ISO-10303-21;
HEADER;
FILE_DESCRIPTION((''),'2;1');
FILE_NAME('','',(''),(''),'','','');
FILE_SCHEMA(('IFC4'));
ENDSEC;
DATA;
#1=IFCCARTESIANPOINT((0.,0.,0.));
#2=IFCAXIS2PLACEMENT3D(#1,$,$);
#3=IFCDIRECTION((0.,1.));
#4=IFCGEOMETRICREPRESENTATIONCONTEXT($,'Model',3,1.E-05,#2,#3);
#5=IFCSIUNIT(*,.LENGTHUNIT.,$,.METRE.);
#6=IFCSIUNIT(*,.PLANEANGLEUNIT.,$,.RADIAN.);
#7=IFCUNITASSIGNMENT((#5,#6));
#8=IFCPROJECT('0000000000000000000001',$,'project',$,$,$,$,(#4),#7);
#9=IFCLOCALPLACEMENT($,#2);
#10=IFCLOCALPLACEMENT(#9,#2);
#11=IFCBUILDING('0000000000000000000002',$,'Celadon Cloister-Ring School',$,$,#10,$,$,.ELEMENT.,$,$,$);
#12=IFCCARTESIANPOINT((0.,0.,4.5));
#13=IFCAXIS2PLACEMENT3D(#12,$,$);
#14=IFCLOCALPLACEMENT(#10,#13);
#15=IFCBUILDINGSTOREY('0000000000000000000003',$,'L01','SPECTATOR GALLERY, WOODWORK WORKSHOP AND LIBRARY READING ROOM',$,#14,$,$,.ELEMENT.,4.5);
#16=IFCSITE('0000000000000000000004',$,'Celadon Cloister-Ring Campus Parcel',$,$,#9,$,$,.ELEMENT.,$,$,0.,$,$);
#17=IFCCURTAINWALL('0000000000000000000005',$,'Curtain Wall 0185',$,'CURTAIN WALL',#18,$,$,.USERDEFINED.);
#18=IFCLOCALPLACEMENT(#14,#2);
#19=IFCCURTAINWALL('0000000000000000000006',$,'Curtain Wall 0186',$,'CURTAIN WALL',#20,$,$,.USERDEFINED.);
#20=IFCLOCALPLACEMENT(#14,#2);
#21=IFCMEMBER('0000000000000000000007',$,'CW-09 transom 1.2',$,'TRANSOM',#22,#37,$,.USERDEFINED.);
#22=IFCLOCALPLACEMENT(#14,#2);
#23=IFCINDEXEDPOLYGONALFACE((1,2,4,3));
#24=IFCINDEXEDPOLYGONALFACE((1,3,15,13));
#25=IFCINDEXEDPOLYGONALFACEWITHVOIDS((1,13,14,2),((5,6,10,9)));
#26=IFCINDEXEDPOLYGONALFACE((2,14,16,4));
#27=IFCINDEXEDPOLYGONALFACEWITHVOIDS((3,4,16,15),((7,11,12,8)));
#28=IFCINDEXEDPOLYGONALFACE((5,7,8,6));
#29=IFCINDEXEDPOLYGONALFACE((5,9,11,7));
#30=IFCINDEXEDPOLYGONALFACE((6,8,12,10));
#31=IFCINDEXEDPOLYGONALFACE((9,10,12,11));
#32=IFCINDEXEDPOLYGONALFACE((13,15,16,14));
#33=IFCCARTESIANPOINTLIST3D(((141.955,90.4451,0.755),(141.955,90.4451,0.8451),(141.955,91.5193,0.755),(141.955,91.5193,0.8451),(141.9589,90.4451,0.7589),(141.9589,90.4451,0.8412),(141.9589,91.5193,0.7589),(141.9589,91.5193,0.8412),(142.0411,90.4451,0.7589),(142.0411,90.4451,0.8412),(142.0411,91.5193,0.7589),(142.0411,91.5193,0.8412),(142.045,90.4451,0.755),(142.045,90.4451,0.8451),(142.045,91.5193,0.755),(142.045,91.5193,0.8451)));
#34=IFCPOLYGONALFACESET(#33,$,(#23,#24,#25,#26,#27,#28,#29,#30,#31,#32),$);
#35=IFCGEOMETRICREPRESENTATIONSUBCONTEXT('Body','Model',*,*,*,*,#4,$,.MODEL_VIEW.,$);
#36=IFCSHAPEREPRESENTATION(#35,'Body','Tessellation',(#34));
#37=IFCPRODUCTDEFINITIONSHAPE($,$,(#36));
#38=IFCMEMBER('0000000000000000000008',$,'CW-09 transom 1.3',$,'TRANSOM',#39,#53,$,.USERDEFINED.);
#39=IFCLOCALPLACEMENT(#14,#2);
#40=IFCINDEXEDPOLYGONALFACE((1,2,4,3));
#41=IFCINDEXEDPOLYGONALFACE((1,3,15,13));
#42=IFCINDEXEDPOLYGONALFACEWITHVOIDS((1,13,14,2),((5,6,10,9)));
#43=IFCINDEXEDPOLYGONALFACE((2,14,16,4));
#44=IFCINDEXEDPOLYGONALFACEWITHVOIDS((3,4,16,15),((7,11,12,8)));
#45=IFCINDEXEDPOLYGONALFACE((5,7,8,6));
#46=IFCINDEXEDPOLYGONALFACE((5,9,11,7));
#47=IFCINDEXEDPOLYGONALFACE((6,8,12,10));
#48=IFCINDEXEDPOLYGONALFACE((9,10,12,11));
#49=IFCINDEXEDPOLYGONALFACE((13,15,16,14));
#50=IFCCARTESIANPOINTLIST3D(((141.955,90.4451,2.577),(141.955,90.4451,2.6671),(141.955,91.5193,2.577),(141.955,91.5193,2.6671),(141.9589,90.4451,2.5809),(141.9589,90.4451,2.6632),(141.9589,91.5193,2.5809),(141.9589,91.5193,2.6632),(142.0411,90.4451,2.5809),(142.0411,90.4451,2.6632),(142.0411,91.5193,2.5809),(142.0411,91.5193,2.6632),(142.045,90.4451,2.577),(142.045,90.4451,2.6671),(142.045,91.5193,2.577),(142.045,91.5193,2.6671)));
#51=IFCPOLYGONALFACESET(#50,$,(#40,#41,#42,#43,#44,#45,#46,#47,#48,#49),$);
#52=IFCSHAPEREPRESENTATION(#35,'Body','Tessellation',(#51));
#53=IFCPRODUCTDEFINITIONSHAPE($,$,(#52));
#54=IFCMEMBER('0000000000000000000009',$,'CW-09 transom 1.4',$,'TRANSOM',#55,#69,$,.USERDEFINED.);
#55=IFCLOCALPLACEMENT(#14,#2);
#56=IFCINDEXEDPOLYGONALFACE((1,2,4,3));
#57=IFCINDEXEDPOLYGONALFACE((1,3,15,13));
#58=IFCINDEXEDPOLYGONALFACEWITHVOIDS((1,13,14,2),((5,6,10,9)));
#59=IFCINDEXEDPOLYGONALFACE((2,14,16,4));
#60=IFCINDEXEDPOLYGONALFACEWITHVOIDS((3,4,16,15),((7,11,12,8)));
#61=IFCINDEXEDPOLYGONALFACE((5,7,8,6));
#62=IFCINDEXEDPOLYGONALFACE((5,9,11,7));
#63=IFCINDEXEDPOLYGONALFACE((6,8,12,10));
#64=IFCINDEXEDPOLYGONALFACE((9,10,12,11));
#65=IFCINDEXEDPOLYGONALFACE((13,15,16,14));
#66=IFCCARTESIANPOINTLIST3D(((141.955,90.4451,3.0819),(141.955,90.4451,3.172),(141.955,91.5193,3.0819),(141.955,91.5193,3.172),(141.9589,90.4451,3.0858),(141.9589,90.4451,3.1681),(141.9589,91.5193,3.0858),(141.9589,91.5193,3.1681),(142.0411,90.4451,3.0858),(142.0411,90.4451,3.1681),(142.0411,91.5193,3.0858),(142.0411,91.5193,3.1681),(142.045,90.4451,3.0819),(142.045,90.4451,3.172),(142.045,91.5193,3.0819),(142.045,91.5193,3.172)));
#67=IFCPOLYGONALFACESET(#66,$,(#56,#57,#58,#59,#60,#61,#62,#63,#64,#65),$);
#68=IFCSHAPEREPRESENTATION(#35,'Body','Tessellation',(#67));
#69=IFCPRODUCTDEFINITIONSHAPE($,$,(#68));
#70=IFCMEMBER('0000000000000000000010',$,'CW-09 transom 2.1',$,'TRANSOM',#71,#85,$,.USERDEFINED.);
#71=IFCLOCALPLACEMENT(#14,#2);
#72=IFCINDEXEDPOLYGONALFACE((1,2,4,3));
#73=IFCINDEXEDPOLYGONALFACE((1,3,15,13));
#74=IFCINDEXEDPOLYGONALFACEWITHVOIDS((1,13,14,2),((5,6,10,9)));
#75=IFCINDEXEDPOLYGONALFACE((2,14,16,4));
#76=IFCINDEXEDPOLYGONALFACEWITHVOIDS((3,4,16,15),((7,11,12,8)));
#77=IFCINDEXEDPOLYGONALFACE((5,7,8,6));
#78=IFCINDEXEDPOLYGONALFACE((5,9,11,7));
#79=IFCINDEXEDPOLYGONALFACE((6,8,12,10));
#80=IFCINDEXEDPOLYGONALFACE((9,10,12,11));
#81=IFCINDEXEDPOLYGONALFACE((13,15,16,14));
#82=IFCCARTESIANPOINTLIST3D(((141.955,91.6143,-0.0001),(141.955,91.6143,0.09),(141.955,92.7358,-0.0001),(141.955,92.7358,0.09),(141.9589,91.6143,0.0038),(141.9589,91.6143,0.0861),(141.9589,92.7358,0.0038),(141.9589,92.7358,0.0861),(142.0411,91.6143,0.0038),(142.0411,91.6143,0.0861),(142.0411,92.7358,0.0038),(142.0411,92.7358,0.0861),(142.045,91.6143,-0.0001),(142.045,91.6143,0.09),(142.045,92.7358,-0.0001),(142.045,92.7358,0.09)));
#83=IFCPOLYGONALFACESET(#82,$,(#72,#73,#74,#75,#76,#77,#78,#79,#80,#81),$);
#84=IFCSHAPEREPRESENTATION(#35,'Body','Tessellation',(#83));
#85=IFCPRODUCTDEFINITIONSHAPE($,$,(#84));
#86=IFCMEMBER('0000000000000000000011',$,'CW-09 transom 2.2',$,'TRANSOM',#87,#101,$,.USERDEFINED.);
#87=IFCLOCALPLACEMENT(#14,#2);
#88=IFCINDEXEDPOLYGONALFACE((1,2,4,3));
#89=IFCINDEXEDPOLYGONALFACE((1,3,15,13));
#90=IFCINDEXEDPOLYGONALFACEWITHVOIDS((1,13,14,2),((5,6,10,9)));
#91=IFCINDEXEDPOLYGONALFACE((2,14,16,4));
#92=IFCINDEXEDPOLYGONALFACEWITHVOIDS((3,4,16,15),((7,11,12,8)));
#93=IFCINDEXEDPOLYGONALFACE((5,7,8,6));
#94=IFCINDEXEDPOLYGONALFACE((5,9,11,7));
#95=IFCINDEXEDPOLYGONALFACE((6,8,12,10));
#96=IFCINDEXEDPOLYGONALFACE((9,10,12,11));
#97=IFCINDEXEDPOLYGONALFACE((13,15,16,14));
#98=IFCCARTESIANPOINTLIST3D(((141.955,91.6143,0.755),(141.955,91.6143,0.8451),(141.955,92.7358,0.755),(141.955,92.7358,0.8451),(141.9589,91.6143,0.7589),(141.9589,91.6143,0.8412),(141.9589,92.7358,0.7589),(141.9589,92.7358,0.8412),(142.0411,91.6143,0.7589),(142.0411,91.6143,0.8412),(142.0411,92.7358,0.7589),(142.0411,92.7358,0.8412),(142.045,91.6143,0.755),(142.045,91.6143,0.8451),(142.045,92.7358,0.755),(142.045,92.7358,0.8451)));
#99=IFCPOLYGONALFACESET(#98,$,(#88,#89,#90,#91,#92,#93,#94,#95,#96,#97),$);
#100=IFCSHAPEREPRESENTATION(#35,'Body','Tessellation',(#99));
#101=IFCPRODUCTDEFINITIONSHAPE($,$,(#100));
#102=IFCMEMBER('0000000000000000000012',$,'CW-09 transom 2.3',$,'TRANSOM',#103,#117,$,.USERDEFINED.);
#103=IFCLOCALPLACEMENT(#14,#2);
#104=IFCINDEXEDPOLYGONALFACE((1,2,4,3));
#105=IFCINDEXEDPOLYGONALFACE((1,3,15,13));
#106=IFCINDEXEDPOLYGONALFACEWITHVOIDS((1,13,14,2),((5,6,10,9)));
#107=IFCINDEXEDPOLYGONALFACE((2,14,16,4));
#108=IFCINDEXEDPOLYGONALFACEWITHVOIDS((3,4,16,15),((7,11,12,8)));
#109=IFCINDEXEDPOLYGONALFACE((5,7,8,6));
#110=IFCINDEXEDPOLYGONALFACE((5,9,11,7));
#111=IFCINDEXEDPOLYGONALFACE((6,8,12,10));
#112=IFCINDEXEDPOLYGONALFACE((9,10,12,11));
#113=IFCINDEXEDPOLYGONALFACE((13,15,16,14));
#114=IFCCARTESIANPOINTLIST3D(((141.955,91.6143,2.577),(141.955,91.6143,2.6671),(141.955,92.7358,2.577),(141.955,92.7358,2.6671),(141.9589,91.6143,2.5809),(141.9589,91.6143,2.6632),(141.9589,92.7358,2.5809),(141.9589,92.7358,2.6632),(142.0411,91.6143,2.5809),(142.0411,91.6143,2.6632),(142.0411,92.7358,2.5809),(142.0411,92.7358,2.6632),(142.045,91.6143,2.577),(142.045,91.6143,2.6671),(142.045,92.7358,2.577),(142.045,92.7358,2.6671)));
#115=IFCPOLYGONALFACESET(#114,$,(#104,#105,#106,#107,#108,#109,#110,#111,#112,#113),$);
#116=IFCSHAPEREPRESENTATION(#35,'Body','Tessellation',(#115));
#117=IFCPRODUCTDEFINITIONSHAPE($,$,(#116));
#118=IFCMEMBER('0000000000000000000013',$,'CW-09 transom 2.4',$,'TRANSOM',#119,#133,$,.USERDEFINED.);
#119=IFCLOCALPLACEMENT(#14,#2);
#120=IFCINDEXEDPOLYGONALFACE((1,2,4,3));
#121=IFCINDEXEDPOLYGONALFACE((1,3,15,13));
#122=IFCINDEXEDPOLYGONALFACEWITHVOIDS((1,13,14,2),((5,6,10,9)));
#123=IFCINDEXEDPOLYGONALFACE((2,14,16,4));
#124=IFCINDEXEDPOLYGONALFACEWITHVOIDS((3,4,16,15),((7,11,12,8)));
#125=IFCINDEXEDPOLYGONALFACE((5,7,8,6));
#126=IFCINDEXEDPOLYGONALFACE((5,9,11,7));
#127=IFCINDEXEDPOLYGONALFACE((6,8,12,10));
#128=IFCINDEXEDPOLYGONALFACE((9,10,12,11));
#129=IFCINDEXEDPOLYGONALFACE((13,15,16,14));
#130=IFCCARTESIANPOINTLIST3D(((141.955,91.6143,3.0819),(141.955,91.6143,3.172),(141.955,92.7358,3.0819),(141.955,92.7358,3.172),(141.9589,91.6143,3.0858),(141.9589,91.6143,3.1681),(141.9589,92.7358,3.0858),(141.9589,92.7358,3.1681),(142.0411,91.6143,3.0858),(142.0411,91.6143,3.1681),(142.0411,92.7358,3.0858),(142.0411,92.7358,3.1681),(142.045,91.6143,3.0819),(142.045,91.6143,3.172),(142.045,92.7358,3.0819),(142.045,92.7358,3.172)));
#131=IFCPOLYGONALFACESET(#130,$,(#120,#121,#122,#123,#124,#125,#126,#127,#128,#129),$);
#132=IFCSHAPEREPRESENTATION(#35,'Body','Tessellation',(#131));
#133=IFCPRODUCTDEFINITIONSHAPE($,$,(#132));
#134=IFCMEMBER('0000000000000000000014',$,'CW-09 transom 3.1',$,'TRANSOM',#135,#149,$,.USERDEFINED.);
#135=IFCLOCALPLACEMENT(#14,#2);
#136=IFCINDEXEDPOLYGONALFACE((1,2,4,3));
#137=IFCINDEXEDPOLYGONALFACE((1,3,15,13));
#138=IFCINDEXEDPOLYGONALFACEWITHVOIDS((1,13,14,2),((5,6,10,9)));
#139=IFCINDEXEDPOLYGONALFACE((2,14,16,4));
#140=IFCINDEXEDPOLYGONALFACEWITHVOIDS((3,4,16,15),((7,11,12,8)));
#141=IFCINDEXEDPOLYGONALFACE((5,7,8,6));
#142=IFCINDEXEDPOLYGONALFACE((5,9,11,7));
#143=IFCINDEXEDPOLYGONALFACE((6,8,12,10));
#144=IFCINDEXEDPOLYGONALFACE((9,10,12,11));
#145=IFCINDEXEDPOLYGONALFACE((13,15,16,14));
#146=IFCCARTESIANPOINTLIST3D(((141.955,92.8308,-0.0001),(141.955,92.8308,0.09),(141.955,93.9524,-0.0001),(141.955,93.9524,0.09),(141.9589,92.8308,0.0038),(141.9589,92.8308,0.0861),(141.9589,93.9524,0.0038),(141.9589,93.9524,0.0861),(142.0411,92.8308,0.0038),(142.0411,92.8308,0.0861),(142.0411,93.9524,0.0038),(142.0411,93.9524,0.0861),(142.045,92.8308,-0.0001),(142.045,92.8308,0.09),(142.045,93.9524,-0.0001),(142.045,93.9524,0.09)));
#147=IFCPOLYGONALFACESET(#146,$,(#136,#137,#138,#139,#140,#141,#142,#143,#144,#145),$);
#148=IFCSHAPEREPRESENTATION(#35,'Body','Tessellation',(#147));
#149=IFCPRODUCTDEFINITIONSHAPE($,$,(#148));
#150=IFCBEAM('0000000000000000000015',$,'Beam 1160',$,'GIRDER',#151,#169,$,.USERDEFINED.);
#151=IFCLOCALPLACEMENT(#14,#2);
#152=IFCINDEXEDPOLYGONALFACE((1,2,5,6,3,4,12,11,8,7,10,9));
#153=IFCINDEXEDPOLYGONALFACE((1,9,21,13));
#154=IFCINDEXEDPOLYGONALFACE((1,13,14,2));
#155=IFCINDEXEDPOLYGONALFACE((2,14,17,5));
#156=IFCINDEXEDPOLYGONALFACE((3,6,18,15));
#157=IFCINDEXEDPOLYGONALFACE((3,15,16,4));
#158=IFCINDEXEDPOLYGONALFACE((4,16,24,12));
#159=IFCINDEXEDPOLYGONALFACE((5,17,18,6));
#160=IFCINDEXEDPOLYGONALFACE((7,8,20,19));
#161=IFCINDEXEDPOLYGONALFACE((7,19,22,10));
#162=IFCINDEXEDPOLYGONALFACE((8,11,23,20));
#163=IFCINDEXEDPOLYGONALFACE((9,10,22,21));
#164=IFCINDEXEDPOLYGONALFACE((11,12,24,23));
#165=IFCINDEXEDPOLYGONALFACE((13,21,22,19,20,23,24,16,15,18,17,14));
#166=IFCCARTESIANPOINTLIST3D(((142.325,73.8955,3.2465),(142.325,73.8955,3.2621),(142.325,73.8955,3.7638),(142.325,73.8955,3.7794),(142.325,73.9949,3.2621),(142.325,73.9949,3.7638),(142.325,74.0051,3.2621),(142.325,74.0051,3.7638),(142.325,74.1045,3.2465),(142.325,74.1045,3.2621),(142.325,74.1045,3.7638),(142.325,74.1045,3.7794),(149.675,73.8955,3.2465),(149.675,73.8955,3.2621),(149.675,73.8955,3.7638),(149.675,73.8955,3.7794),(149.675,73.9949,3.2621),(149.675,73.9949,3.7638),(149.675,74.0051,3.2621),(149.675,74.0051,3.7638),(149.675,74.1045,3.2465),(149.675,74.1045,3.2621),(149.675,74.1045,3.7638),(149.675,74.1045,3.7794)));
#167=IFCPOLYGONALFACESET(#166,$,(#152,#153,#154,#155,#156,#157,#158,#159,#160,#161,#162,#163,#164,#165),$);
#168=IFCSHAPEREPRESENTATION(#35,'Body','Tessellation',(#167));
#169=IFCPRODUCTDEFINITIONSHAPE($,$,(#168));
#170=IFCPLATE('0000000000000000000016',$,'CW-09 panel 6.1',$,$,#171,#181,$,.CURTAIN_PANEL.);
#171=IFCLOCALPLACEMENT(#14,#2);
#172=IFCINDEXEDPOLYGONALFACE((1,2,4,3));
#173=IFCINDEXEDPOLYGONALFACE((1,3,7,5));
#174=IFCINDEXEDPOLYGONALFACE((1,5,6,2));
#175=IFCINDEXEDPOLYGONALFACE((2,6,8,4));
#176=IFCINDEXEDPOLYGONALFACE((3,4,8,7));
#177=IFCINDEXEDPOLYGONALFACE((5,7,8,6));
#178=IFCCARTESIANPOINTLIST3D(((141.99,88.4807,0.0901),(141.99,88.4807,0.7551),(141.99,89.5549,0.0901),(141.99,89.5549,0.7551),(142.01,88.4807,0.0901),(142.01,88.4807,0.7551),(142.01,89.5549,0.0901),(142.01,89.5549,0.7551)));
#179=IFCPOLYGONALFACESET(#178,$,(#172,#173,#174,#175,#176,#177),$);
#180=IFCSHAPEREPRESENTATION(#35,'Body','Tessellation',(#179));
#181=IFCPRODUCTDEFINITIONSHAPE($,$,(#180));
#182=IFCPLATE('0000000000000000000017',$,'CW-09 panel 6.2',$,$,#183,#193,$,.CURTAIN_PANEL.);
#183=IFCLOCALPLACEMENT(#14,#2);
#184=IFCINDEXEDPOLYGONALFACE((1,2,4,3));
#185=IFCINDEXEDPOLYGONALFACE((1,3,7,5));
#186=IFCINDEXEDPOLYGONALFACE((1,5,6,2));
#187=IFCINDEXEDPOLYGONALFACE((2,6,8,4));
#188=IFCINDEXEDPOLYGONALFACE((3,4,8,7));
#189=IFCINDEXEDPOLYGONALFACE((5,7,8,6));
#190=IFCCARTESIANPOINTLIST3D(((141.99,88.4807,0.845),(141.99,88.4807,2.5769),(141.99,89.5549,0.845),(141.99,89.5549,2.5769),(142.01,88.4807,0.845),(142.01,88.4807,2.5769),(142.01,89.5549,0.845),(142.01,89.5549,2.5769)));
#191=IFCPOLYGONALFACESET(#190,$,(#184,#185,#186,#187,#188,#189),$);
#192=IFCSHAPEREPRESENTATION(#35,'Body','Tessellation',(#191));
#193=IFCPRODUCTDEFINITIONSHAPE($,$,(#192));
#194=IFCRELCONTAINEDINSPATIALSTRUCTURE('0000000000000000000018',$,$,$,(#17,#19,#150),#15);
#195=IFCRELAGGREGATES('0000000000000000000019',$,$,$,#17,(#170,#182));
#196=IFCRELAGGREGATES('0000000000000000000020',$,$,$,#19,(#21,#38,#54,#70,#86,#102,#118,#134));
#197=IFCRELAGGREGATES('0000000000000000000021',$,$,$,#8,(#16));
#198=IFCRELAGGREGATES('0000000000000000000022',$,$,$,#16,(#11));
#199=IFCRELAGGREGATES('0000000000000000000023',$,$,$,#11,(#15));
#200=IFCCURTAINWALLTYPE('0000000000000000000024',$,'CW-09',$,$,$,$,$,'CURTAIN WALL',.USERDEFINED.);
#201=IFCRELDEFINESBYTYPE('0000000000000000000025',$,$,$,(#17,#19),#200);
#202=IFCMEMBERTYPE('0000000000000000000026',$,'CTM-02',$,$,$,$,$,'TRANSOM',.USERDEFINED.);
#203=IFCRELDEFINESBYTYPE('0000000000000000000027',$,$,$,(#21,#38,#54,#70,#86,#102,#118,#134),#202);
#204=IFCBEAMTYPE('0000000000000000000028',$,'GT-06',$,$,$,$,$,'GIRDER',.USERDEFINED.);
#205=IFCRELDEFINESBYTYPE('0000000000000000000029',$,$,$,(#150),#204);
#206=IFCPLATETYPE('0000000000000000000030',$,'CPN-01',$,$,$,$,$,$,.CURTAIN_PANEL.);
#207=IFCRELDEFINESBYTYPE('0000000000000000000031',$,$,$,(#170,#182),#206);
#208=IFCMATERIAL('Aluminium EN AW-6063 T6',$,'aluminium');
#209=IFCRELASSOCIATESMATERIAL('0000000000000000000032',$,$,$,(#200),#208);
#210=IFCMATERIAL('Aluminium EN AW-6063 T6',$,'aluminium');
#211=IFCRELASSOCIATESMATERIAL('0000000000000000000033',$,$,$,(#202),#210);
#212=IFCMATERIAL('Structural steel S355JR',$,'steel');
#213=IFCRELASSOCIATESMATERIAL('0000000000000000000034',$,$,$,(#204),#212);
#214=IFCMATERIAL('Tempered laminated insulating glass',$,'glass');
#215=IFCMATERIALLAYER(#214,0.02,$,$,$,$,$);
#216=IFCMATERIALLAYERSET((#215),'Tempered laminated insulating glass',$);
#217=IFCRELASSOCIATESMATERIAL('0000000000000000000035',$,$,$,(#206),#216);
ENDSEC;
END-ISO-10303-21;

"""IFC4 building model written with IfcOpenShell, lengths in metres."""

from ifc_helpers import new_model, si_unit, direction, frame, origin, origin_2d, place, context, subcontext, project, spatial, rectangle, hollow_rectangle, i_section, extrude, material, layer, layer_set, material_profile, profile_set, type_object, element, aggregate, save


model = new_model("IFC4")

# Units and contexts
model_context = context("Model", 3, precision=1e-05, world=origin(), true_north=direction((0.0, 1.0)))
body_context = subcontext(model_context, "Body", "Model", "MODEL_VIEW")
ifc_project = project(units=[si_unit("LENGTHUNIT", "METRE"), si_unit("PLANEANGLEUNIT", "RADIAN")], contexts=[model_context])

# Site, building, storey
site_placement = place(None, origin())
site = spatial("IfcSite", under=ifc_project, at=site_placement, Name="Celadon Cloister-Ring Campus Parcel", CompositionType="ELEMENT", RefElevation=0.0)
building_placement = place(site_placement, origin())
building = spatial("IfcBuilding", under=site, at=building_placement, Name="Celadon Cloister-Ring School", CompositionType="ELEMENT")
storey_placement = place(building_placement, frame((0.0, 0.0, 4.5)))
storey = spatial("IfcBuildingStorey", under=building, at=storey_placement, Name="L01", Description="SPECTATOR GALLERY, WOODWORK WORKSHOP AND LIBRARY READING ROOM", CompositionType="ELEMENT", Elevation=4.5)

# Curtain wall
ifc_material_1 = material(Name="Aluminium EN AW-6063 T6", Category="aluminium")
curtain_wall_type = type_object("IfcCurtainWallType", Name="CW-09", ElementType="CURTAIN WALL", PredefinedType="USERDEFINED", material=ifc_material_1)
curtain_wall_1_placement = place(storey_placement, origin())
curtain_wall_1 = element("IfcCurtainWall", 1, at=curtain_wall_1_placement, inside=storey, type_object=curtain_wall_type, Name="Curtain Wall 0185", ObjectType="CURTAIN WALL", PredefinedType="USERDEFINED")

# Curtain wall
curtain_wall_2_placement = place(storey_placement, origin())
curtain_wall_2 = element("IfcCurtainWall", 2, at=curtain_wall_2_placement, inside=storey, type_object=curtain_wall_type, Name="Curtain Wall 0186", ObjectType="CURTAIN WALL", PredefinedType="USERDEFINED")

# Members
ifc_material_2 = material(Name="Aluminium EN AW-6063 T6", Category="aluminium")
ifc_material_profile_1 = material_profile(ifc_material_2, hollow_rectangle(XDim=0.0901, YDim=0.0901, WallThickness=0.0039, at=origin_2d()), Name="RHS90X90X4")
ifc_profile_set_1 = profile_set([ifc_material_profile_1], Name="Aluminium EN AW-6063 T6")
member_type_1 = type_object("IfcMemberType", Name="CTM-02", ElementType="TRANSOM", PredefinedType="USERDEFINED", material=ifc_profile_set_1)
member_1_placement = place(storey_placement, frame((142.0, 90.4451, 0.8), z_axis=(0.0, 1.0, 0.0), x_axis=(-1.0, 0.0, 0.0)))
member_1 = element("IfcMember", 3, at=member_1_placement, type_object=member_type_1, Name="CW-09 transom 1.2", ObjectType="TRANSOM", PredefinedType="USERDEFINED", context=body_context, shape_type="SweptSolid", body=[
    extrude(hollow_rectangle(XDim=0.0901, YDim=0.0901, WallThickness=0.0039, at=origin_2d()), origin(), (0.0, 0.0, 1.0), 1.0742),
])
member_2_placement = place(storey_placement, frame((142.0, 90.4451, 2.6221), z_axis=(0.0, 1.0, 0.0), x_axis=(-1.0, 0.0, 0.0)))
member_2 = element("IfcMember", 4, at=member_2_placement, type_object=member_type_1, Name="CW-09 transom 1.3", ObjectType="TRANSOM", PredefinedType="USERDEFINED", context=body_context, shape_type="SweptSolid", body=[
    extrude(hollow_rectangle(XDim=0.0901, YDim=0.0901, WallThickness=0.0039, at=origin_2d()), origin(), (0.0, 0.0, 1.0), 1.0742),
])
member_3_placement = place(storey_placement, frame((142.0, 90.4451, 3.127), z_axis=(0.0, 1.0, 0.0), x_axis=(-1.0, 0.0, 0.0)))
member_3 = element("IfcMember", 5, at=member_3_placement, type_object=member_type_1, Name="CW-09 transom 1.4", ObjectType="TRANSOM", PredefinedType="USERDEFINED", context=body_context, shape_type="SweptSolid", body=[
    extrude(hollow_rectangle(XDim=0.0901, YDim=0.0901, WallThickness=0.0039, at=origin_2d()), origin(), (0.0, 0.0, 1.0), 1.0742),
])
member_4_placement = place(storey_placement, frame((142.0, 91.6143, 0.0449), z_axis=(0.0, 1.0, 0.0), x_axis=(-1.0, 0.0, 0.0)))
member_4 = element("IfcMember", 6, at=member_4_placement, type_object=member_type_1, Name="CW-09 transom 2.1", ObjectType="TRANSOM", PredefinedType="USERDEFINED", context=body_context, shape_type="SweptSolid", body=[
    extrude(hollow_rectangle(XDim=0.0901, YDim=0.0901, WallThickness=0.0039, at=origin_2d()), origin(), (0.0, 0.0, 1.0), 1.1216),
])
member_5_placement = place(storey_placement, frame((142.0, 91.6143, 0.8), z_axis=(0.0, 1.0, 0.0), x_axis=(-1.0, 0.0, 0.0)))
member_5 = element("IfcMember", 7, at=member_5_placement, type_object=member_type_1, Name="CW-09 transom 2.2", ObjectType="TRANSOM", PredefinedType="USERDEFINED", context=body_context, shape_type="SweptSolid", body=[
    extrude(hollow_rectangle(XDim=0.0901, YDim=0.0901, WallThickness=0.0039, at=origin_2d()), origin(), (0.0, 0.0, 1.0), 1.1216),
])
member_6_placement = place(storey_placement, frame((142.0, 91.6143, 2.6221), z_axis=(0.0, 1.0, 0.0), x_axis=(-1.0, 0.0, 0.0)))
member_6 = element("IfcMember", 8, at=member_6_placement, type_object=member_type_1, Name="CW-09 transom 2.3", ObjectType="TRANSOM", PredefinedType="USERDEFINED", context=body_context, shape_type="SweptSolid", body=[
    extrude(hollow_rectangle(XDim=0.0901, YDim=0.0901, WallThickness=0.0039, at=origin_2d()), origin(), (0.0, 0.0, 1.0), 1.1216),
])
member_7_placement = place(storey_placement, frame((142.0, 91.6143, 3.127), z_axis=(0.0, 1.0, 0.0), x_axis=(-1.0, 0.0, 0.0)))
member_7 = element("IfcMember", 9, at=member_7_placement, type_object=member_type_1, Name="CW-09 transom 2.4", ObjectType="TRANSOM", PredefinedType="USERDEFINED", context=body_context, shape_type="SweptSolid", body=[
    extrude(hollow_rectangle(XDim=0.0901, YDim=0.0901, WallThickness=0.0039, at=origin_2d()), origin(), (0.0, 0.0, 1.0), 1.1216),
])
member_8_placement = place(storey_placement, frame((142.0, 92.8308, 0.0449), z_axis=(0.0, 1.0, 0.0), x_axis=(-1.0, 0.0, 0.0)))
member_8 = element("IfcMember", 10, at=member_8_placement, type_object=member_type_1, Name="CW-09 transom 3.1", ObjectType="TRANSOM", PredefinedType="USERDEFINED", context=body_context, shape_type="SweptSolid", body=[
    extrude(hollow_rectangle(XDim=0.0901, YDim=0.0901, WallThickness=0.0039, at=origin_2d()), origin(), (0.0, 0.0, 1.0), 1.1216),
])

# Beam
ifc_material_3 = material(Name="Structural steel S355JR", Category="steel")
ifc_material_profile_2 = material_profile(ifc_material_3, i_section(OverallWidth=0.209, OverallDepth=0.533, WebThickness=0.0103, FlangeThickness=0.0156, at=origin_2d()), Name="W530X92")
ifc_profile_set_2 = profile_set([ifc_material_profile_2], Name="Structural steel S355JR")
beam_type_1 = type_object("IfcBeamType", Name="GT-06", ElementType="GIRDER", PredefinedType="USERDEFINED", material=ifc_profile_set_2)
beam_1_placement = place(storey_placement, frame((142.325, 74.0, 3.5129), z_axis=(1.0, 0.0, 0.0), x_axis=(0.0, 1.0, 0.0)))
element("IfcBeam", 11, at=beam_1_placement, inside=storey, type_object=beam_type_1, Name="Beam 1160", ObjectType="GIRDER", PredefinedType="USERDEFINED", context=body_context, shape_type="SweptSolid", body=[
    extrude(i_section(OverallWidth=0.209, OverallDepth=0.533, WebThickness=0.0103, FlangeThickness=0.0156, at=origin_2d()), origin(), (0.0, 0.0, 1.0), 7.3501),
])

# Plates
ifc_material_4 = material(Name="Tempered laminated insulating glass", Category="glass")
ifc_layer = layer(ifc_material_4, 0.02)
ifc_layer_set = layer_set([ifc_layer], Name="Tempered laminated insulating glass")
plate_type = type_object("IfcPlateType", Name="CPN-01", PredefinedType="CURTAIN_PANEL", material=ifc_layer_set)
plate_1_placement = place(storey_placement, frame((142.0, 89.0178, 0.0901), z_axis=(0.0, 0.0, 1.0), x_axis=(0.0, 1.0, 0.0)))
plate_1 = element("IfcPlate", 12, at=plate_1_placement, type_object=plate_type, Name="CW-09 panel 6.1", PredefinedType="CURTAIN_PANEL", context=body_context, shape_type="SweptSolid", body=[
    extrude(rectangle(XDim=1.0742, YDim=0.02, at=origin_2d()), origin(), (0.0, 0.0, 1.0), 0.665),
])
plate_2_placement = place(storey_placement, frame((142.0, 89.0178, 0.845), z_axis=(0.0, 0.0, 1.0), x_axis=(0.0, 1.0, 0.0)))
plate_2 = element("IfcPlate", 13, at=plate_2_placement, type_object=plate_type, Name="CW-09 panel 6.2", PredefinedType="CURTAIN_PANEL", context=body_context, shape_type="SweptSolid", body=[
    extrude(rectangle(XDim=1.0742, YDim=0.02, at=origin_2d()), origin(), (0.0, 0.0, 1.0), 1.7319),
])
aggregate(curtain_wall_1, [plate_1, plate_2])
aggregate(curtain_wall_2, [member_1, member_2, member_3, member_4, member_5, member_6, member_7, member_8])

save(model, "model.ifc")
